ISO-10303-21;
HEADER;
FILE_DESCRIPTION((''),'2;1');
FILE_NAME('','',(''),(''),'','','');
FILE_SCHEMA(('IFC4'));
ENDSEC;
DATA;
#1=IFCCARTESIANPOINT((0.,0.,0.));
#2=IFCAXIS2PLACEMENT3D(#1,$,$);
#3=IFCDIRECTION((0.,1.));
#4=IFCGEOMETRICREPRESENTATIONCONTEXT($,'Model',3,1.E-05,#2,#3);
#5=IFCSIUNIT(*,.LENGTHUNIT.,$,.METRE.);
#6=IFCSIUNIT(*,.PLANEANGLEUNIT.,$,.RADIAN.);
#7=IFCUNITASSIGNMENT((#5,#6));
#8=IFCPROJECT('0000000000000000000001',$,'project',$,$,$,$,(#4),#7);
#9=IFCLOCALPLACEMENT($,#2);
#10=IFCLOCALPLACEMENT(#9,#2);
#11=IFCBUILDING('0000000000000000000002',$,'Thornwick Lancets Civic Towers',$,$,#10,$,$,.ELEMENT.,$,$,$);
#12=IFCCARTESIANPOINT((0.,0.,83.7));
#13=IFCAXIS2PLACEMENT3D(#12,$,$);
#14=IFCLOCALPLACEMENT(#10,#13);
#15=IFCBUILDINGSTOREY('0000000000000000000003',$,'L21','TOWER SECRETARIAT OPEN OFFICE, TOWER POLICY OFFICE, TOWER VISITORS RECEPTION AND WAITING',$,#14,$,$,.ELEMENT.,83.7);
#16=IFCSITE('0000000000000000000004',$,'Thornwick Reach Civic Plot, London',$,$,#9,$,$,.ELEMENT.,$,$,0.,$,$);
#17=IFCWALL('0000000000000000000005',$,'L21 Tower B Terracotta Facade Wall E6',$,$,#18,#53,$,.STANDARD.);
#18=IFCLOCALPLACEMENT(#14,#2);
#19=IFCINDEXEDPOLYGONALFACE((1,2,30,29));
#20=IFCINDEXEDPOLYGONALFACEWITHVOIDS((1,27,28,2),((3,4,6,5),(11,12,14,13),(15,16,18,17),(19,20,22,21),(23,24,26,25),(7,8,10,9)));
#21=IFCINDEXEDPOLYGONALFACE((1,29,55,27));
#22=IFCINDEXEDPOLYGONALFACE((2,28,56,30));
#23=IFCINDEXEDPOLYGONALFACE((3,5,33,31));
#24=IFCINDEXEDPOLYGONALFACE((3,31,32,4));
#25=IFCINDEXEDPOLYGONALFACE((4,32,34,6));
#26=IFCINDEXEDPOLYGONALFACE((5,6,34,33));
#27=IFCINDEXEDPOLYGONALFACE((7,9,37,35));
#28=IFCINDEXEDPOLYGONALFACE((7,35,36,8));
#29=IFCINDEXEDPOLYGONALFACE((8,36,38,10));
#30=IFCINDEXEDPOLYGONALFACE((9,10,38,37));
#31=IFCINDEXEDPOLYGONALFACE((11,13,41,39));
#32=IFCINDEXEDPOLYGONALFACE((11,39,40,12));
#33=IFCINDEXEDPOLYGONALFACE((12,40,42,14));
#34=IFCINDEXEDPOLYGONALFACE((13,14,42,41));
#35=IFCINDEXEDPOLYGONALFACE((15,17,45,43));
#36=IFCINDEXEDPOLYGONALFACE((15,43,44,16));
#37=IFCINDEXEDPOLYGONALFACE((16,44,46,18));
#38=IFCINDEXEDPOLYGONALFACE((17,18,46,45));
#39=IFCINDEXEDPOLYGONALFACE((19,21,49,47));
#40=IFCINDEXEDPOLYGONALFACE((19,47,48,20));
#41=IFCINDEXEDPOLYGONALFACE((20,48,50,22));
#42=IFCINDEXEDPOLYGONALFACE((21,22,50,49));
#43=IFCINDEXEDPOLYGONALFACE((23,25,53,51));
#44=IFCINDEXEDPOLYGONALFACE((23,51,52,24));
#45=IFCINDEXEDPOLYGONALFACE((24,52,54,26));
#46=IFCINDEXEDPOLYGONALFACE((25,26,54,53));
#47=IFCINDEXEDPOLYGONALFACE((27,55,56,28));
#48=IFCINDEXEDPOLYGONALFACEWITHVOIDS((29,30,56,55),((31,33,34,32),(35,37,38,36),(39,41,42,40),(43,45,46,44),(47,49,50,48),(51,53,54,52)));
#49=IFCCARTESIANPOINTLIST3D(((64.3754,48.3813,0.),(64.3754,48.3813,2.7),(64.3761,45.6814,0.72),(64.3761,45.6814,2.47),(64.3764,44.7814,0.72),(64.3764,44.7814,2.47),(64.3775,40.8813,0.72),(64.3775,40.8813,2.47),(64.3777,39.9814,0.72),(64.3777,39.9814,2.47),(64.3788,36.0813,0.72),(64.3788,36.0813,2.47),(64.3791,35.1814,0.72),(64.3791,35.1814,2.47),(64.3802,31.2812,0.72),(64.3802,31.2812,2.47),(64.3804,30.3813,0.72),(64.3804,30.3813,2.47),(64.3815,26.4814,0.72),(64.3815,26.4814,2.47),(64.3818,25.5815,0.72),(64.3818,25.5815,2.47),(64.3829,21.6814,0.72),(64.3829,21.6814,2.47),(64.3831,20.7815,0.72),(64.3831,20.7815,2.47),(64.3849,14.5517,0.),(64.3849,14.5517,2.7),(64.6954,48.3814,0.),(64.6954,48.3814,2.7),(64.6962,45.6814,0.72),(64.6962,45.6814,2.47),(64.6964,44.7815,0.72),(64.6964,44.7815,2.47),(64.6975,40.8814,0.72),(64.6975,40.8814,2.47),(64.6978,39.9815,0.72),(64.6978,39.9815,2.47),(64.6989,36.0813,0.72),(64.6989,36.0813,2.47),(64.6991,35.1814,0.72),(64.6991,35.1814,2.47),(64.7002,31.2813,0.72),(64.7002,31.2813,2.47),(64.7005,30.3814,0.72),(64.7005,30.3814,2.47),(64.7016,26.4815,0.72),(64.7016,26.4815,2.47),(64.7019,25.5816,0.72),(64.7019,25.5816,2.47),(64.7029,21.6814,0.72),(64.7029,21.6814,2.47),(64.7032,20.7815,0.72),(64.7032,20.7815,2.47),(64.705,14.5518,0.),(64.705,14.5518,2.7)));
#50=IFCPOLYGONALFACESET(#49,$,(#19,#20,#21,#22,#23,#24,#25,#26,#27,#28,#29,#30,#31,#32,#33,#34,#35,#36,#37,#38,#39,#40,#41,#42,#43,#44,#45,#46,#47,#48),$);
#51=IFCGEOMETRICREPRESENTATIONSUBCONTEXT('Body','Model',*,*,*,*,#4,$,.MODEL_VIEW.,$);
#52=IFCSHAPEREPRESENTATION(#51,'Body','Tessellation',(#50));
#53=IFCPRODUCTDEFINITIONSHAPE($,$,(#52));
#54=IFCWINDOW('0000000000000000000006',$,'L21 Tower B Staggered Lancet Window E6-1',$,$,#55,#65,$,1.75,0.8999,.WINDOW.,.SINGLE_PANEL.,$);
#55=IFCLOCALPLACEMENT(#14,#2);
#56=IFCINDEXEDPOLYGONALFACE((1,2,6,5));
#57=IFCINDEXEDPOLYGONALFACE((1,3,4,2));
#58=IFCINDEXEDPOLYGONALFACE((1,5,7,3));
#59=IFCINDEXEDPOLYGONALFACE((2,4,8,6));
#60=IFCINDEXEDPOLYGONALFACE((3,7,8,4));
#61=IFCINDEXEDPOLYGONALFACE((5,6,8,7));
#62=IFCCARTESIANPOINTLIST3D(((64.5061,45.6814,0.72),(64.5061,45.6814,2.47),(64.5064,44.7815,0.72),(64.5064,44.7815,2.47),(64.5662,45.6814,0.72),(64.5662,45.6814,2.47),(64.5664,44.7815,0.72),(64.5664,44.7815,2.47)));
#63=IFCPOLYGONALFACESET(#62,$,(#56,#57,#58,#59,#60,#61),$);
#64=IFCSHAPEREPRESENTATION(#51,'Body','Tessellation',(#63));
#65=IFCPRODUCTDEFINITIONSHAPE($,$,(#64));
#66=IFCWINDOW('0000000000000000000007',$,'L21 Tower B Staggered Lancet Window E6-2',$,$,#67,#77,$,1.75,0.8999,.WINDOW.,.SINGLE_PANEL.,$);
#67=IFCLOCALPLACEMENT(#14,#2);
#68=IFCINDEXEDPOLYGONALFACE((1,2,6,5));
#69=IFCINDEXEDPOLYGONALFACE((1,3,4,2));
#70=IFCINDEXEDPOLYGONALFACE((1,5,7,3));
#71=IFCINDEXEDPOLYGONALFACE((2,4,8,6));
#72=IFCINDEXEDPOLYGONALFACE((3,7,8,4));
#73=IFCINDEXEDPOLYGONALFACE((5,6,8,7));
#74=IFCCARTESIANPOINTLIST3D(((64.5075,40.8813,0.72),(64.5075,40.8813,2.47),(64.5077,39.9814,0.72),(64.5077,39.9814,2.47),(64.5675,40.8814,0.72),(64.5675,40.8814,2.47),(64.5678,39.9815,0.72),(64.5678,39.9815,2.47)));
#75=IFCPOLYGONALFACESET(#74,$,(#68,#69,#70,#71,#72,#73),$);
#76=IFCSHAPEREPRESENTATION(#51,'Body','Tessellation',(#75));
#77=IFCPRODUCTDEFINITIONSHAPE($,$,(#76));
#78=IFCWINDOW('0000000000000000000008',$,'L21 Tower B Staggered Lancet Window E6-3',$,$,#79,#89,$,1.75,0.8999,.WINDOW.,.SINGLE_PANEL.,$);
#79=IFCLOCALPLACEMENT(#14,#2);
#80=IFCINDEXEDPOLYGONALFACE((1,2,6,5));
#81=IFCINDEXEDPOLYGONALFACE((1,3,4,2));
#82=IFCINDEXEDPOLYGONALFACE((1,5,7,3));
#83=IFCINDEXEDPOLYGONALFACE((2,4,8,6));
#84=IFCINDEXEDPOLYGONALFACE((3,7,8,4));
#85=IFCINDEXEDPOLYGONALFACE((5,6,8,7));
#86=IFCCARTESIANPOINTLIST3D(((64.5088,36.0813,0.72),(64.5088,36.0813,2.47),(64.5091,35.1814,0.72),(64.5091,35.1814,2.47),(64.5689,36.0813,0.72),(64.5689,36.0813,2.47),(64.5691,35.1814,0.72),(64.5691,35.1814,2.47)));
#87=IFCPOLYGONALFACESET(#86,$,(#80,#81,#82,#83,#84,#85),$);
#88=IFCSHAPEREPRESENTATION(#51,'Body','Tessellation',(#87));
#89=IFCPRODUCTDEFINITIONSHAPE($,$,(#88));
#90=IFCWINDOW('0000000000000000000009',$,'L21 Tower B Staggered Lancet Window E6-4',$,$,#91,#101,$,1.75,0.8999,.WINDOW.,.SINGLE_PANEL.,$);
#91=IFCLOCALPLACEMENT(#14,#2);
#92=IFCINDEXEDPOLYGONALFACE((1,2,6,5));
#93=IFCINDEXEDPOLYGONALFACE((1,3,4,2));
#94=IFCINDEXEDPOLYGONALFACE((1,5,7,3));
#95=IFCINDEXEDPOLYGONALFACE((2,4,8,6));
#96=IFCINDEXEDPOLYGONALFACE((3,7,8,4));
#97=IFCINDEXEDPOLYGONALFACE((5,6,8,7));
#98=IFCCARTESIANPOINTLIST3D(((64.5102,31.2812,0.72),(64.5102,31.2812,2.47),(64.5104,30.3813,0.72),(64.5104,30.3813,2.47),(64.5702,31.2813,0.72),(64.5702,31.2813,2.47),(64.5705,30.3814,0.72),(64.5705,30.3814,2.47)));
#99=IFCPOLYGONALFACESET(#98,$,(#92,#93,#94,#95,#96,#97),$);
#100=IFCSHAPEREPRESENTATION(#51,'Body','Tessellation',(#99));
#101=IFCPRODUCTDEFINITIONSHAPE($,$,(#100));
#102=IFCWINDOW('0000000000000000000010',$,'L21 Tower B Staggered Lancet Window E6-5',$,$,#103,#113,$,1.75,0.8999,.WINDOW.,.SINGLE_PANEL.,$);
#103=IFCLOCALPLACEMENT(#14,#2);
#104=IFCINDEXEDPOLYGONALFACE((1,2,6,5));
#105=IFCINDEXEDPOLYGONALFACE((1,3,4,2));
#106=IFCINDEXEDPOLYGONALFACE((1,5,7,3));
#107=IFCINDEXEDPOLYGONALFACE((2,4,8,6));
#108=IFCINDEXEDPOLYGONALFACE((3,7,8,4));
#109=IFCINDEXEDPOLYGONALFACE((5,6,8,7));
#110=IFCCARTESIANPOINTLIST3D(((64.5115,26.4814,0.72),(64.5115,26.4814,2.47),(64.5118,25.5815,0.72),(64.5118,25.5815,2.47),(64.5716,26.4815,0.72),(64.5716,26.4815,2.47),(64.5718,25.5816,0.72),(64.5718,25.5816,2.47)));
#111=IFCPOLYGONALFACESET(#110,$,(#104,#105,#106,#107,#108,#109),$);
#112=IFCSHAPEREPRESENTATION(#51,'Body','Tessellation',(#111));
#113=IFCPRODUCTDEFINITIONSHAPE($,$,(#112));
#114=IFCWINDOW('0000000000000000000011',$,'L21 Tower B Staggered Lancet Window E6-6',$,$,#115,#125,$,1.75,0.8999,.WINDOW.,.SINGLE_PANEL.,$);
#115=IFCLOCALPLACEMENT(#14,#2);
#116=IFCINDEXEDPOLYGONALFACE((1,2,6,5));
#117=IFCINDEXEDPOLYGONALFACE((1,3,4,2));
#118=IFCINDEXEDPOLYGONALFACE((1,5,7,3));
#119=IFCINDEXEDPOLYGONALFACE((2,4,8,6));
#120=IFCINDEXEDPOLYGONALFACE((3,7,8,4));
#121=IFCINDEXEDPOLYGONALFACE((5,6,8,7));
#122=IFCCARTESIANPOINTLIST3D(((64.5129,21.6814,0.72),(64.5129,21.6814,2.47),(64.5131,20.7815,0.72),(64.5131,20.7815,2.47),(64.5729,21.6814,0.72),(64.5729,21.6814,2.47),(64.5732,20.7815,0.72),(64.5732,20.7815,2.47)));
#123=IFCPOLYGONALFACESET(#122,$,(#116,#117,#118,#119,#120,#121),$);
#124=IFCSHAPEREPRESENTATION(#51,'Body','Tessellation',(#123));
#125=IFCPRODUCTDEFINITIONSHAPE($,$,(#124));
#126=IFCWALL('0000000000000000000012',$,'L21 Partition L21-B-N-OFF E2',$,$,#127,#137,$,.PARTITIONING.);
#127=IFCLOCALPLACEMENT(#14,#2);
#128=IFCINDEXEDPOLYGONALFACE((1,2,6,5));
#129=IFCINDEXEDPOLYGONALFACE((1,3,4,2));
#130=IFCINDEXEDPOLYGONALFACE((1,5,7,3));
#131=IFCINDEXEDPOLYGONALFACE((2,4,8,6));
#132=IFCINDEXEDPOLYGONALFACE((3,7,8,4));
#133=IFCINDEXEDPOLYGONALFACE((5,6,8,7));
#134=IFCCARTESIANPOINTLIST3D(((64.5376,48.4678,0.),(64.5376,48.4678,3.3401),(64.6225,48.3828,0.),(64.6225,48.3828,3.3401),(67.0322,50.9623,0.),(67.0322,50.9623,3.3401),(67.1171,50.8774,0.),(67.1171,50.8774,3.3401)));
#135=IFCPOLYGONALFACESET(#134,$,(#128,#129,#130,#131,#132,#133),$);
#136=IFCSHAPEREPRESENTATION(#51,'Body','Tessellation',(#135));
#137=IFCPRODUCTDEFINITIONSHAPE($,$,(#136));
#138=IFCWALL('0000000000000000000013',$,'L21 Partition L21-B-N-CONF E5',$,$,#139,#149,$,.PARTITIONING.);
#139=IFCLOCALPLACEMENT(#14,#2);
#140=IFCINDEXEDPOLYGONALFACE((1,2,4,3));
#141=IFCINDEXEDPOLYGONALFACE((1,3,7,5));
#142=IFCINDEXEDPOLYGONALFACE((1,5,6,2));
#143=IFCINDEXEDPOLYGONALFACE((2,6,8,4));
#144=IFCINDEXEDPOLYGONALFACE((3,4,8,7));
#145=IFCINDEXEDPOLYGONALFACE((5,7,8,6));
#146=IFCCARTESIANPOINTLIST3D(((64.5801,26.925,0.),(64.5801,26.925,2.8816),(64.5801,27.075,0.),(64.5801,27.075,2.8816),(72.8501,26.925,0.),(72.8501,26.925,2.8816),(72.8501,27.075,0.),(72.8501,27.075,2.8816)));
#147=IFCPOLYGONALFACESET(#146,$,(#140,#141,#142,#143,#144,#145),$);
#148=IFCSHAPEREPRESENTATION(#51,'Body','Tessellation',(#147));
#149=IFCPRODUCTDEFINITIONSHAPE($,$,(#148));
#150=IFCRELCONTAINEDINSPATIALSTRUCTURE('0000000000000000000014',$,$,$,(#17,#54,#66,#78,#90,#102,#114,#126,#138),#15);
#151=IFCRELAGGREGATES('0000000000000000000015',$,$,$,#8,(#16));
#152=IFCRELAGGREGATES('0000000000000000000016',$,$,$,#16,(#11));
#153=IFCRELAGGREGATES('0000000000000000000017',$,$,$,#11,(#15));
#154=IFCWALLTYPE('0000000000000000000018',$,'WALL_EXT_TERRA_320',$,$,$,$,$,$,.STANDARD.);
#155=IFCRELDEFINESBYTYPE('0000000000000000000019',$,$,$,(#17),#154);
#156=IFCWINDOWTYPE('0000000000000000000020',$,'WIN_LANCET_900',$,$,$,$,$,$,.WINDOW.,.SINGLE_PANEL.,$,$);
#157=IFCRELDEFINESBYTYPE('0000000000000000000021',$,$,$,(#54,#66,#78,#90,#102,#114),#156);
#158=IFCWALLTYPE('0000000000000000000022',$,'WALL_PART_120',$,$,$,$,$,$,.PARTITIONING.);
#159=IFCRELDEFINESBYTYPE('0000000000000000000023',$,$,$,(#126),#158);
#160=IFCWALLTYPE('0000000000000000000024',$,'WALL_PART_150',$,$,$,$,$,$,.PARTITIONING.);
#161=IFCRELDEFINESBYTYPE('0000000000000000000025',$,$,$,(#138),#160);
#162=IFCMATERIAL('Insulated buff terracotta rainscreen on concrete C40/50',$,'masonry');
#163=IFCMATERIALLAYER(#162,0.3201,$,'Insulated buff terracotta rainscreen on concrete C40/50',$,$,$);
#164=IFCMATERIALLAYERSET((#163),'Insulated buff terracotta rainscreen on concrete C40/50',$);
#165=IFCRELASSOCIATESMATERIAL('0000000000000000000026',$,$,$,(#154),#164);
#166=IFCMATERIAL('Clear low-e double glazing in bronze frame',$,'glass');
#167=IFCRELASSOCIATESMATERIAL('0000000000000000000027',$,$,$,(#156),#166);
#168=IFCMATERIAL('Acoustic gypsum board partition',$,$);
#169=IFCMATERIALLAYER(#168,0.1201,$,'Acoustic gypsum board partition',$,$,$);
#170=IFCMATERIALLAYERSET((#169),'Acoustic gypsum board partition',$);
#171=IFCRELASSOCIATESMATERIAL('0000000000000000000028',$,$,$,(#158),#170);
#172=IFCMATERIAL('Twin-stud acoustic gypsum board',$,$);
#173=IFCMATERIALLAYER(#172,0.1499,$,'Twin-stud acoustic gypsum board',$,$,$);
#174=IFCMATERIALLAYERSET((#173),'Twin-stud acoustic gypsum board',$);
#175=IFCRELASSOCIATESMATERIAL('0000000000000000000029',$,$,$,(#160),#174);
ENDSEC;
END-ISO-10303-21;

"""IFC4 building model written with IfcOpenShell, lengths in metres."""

from ifc_helpers import new_model, si_unit, direction, frame, frame_2d, origin, place, context, subcontext, project, spatial, rectangle, extrude, material, layer, layer_set, type_object, element, fill, save


model = new_model("IFC4")

# Units and contexts
model_context = context("Model", 3, precision=1e-05, world=origin(), true_north=direction((0.0, 1.0)))
body_context = subcontext(model_context, "Body", "Model", "MODEL_VIEW")
ifc_project = project(units=[si_unit("LENGTHUNIT", "METRE"), si_unit("PLANEANGLEUNIT", "RADIAN")], contexts=[model_context])

# Site, building, storey
site_placement = place(None, origin())
site = spatial("IfcSite", under=ifc_project, at=site_placement, Name="Thornwick Reach Civic Plot, London", CompositionType="ELEMENT", RefElevation=0.0)
building_placement = place(site_placement, origin())
building = spatial("IfcBuilding", under=site, at=building_placement, Name="Thornwick Lancets Civic Towers", CompositionType="ELEMENT")
storey_placement = place(building_placement, frame((0.0, 0.0, 83.7)))
storey = spatial("IfcBuildingStorey", under=building, at=storey_placement, Name="L21", Description="TOWER SECRETARIAT OPEN OFFICE, TOWER POLICY OFFICE, TOWER VISITORS RECEPTION AND WAITING", CompositionType="ELEMENT", Elevation=83.7)

# Wall, openings, windows
ifc_material_1 = material(Name="Insulated buff terracotta rainscreen on concrete C40/50", Category="masonry")
ifc_layer_1 = layer(ifc_material_1, 0.3201, Name="Insulated buff terracotta rainscreen on concrete C40/50")
ifc_layer_set_1 = layer_set([ifc_layer_1], Name="Insulated buff terracotta rainscreen on concrete C40/50")
wall_type_1 = type_object("IfcWallType", Name="WALL_EXT_TERRA_320", PredefinedType="STANDARD", material=ifc_layer_set_1)
wall_1_placement = place(storey_placement, frame((64.5354, 48.3813, 0.0), z_axis=(0.0, 0.0, 1.0), x_axis=(0.000281, -1.0, 0.0)))
wall_1 = element("IfcWall", 1, at=wall_1_placement, inside=storey, type_object=wall_type_1, Name="L21 Tower B Terracotta Facade Wall E6", PredefinedType="STANDARD", context=body_context, shape_type="SweptSolid", body=[
    extrude(rectangle(XDim=33.8296, YDim=0.3201, at=frame_2d((16.9148, 0.0))), origin(), (0.0, 0.0, 1.0), 2.7),
])
opening_1_placement = place(wall_1_placement, frame((2.7, 0.0, 0.72)))
opening_1 = element("IfcOpeningElement", 2, at=opening_1_placement, cuts=wall_1, PredefinedType="OPENING", context=body_context, shape_type="SweptSolid", body=[
    extrude(rectangle(XDim=0.8999, YDim=1.75, at=frame_2d((0.45, 0.875))), frame((0.0, 0.1699, 0.0), z_axis=(0.0, -1.0, 0.0), x_axis=(1.0, 0.0, 0.0)), (0.0, 0.0, 1.0), 0.3401),
])
opening_2_placement = place(wall_1_placement, frame((7.5, 0.0, 0.72)))
opening_2 = element("IfcOpeningElement", 3, at=opening_2_placement, cuts=wall_1, PredefinedType="OPENING", context=body_context, shape_type="SweptSolid", body=[
    extrude(rectangle(XDim=0.8999, YDim=1.75, at=frame_2d((0.45, 0.875))), frame((0.0, 0.1699, 0.0), z_axis=(0.0, -1.0, 0.0), x_axis=(1.0, 0.0, 0.0)), (0.0, 0.0, 1.0), 0.3401),
])
opening_3_placement = place(wall_1_placement, frame((12.3, 0.0, 0.72)))
opening_3 = element("IfcOpeningElement", 4, at=opening_3_placement, cuts=wall_1, PredefinedType="OPENING", context=body_context, shape_type="SweptSolid", body=[
    extrude(rectangle(XDim=0.8999, YDim=1.75, at=frame_2d((0.45, 0.875))), frame((0.0, 0.1699, 0.0), z_axis=(0.0, -1.0, 0.0), x_axis=(1.0, 0.0, 0.0)), (0.0, 0.0, 1.0), 0.3401),
])
opening_4_placement = place(wall_1_placement, frame((17.1001, 0.0, 0.72)))
opening_4 = element("IfcOpeningElement", 5, at=opening_4_placement, cuts=wall_1, PredefinedType="OPENING", context=body_context, shape_type="SweptSolid", body=[
    extrude(rectangle(XDim=0.8999, YDim=1.75, at=frame_2d((0.45, 0.875))), frame((0.0, 0.1699, 0.0), z_axis=(0.0, -1.0, 0.0), x_axis=(1.0, 0.0, 0.0)), (0.0, 0.0, 1.0), 0.3401),
])
opening_5_placement = place(wall_1_placement, frame((21.8999, 0.0, 0.72)))
opening_5 = element("IfcOpeningElement", 6, at=opening_5_placement, cuts=wall_1, PredefinedType="OPENING", context=body_context, shape_type="SweptSolid", body=[
    extrude(rectangle(XDim=0.8999, YDim=1.75, at=frame_2d((0.45, 0.875))), frame((0.0, 0.1699, 0.0), z_axis=(0.0, -1.0, 0.0), x_axis=(1.0, 0.0, 0.0)), (0.0, 0.0, 1.0), 0.3401),
])
opening_6_placement = place(wall_1_placement, frame((26.7, 0.0, 0.72)))
opening_6 = element("IfcOpeningElement", 7, at=opening_6_placement, cuts=wall_1, PredefinedType="OPENING", context=body_context, shape_type="SweptSolid", body=[
    extrude(rectangle(XDim=0.8999, YDim=1.75, at=frame_2d((0.45, 0.875))), frame((0.0, 0.1699, 0.0), z_axis=(0.0, -1.0, 0.0), x_axis=(1.0, 0.0, 0.0)), (0.0, 0.0, 1.0), 0.3401),
])
ifc_material_2 = material(Name="Clear low-e double glazing in bronze frame", Category="glass")
window_type = type_object("IfcWindowType", Name="WIN_LANCET_900", PartitioningType="SINGLE_PANEL", PredefinedType="WINDOW", material=ifc_material_2)
window_1_placement = place(opening_1_placement, origin())
window_1 = element("IfcWindow", 8, at=window_1_placement, inside=storey, type_object=window_type, Name="L21 Tower B Staggered Lancet Window E6-1", OverallHeight=1.75, OverallWidth=0.8999, PartitioningType="SINGLE_PANEL", PredefinedType="WINDOW", context=body_context, shape_type="SweptSolid", body=[
    extrude(rectangle(XDim=0.8999, YDim=1.75, at=frame_2d((0.45, 0.875))), frame((0.0, 0.03, 0.0), z_axis=(0.0, -1.0, 0.0), x_axis=(1.0, 0.0, 0.0)), (0.0, 0.0, 1.0), 0.0601),
])
fill(opening_1, window_1)
window_2_placement = place(opening_2_placement, origin())
window_2 = element("IfcWindow", 9, at=window_2_placement, inside=storey, type_object=window_type, Name="L21 Tower B Staggered Lancet Window E6-2", OverallHeight=1.75, OverallWidth=0.8999, PartitioningType="SINGLE_PANEL", PredefinedType="WINDOW", context=body_context, shape_type="SweptSolid", body=[
    extrude(rectangle(XDim=0.8999, YDim=1.75, at=frame_2d((0.45, 0.875))), frame((0.0, 0.03, 0.0), z_axis=(0.0, -1.0, 0.0), x_axis=(1.0, 0.0, 0.0)), (0.0, 0.0, 1.0), 0.0601),
])
fill(opening_2, window_2)
window_3_placement = place(opening_3_placement, origin())
window_3 = element("IfcWindow", 10, at=window_3_placement, inside=storey, type_object=window_type, Name="L21 Tower B Staggered Lancet Window E6-3", OverallHeight=1.75, OverallWidth=0.8999, PartitioningType="SINGLE_PANEL", PredefinedType="WINDOW", context=body_context, shape_type="SweptSolid", body=[
    extrude(rectangle(XDim=0.8999, YDim=1.75, at=frame_2d((0.45, 0.875))), frame((0.0, 0.03, 0.0), z_axis=(0.0, -1.0, 0.0), x_axis=(1.0, 0.0, 0.0)), (0.0, 0.0, 1.0), 0.0601),
])
fill(opening_3, window_3)
window_4_placement = place(opening_4_placement, origin())
window_4 = element("IfcWindow", 11, at=window_4_placement, inside=storey, type_object=window_type, Name="L21 Tower B Staggered Lancet Window E6-4", OverallHeight=1.75, OverallWidth=0.8999, PartitioningType="SINGLE_PANEL", PredefinedType="WINDOW", context=body_context, shape_type="SweptSolid", body=[
    extrude(rectangle(XDim=0.8999, YDim=1.75, at=frame_2d((0.45, 0.875))), frame((0.0, 0.03, 0.0), z_axis=(0.0, -1.0, 0.0), x_axis=(1.0, 0.0, 0.0)), (0.0, 0.0, 1.0), 0.0601),
])
fill(opening_4, window_4)
window_5_placement = place(opening_5_placement, origin())
window_5 = element("IfcWindow", 12, at=window_5_placement, inside=storey, type_object=window_type, Name="L21 Tower B Staggered Lancet Window E6-5", OverallHeight=1.75, OverallWidth=0.8999, PartitioningType="SINGLE_PANEL", PredefinedType="WINDOW", context=body_context, shape_type="SweptSolid", body=[
    extrude(rectangle(XDim=0.8999, YDim=1.75, at=frame_2d((0.45, 0.875))), frame((0.0, 0.03, 0.0), z_axis=(0.0, -1.0, 0.0), x_axis=(1.0, 0.0, 0.0)), (0.0, 0.0, 1.0), 0.0601),
])
fill(opening_5, window_5)
window_6_placement = place(opening_6_placement, origin())
window_6 = element("IfcWindow", 13, at=window_6_placement, inside=storey, type_object=window_type, Name="L21 Tower B Staggered Lancet Window E6-6", OverallHeight=1.75, OverallWidth=0.8999, PartitioningType="SINGLE_PANEL", PredefinedType="WINDOW", context=body_context, shape_type="SweptSolid", body=[
    extrude(rectangle(XDim=0.8999, YDim=1.75, at=frame_2d((0.45, 0.875))), frame((0.0, 0.03, 0.0), z_axis=(0.0, -1.0, 0.0), x_axis=(1.0, 0.0, 0.0)), (0.0, 0.0, 1.0), 0.0601),
])
fill(opening_6, window_6)

# Walls
ifc_material_3 = material(Name="Acoustic gypsum board partition")
ifc_layer_2 = layer(ifc_material_3, 0.1201, Name="Acoustic gypsum board partition")
ifc_layer_set_2 = layer_set([ifc_layer_2], Name="Acoustic gypsum board partition")
wall_type_2 = type_object("IfcWallType", Name="WALL_PART_120", PredefinedType="PARTITIONING", material=ifc_layer_set_2)
wall_2_placement = place(storey_placement, frame((64.5801, 48.4253, 0.0), z_axis=(0.0, 0.0, 1.0), x_axis=(0.707107, 0.707107, 0.0)))
element("IfcWall", 14, at=wall_2_placement, inside=storey, type_object=wall_type_2, Name="L21 Partition L21-B-N-OFF E2", PredefinedType="PARTITIONING", context=body_context, shape_type="SweptSolid", body=[
    extrude(rectangle(XDim=3.5278, YDim=0.1201, at=frame_2d((1.7639, 0.0))), origin(), (0.0, 0.0, 1.0), 3.3401),
])
ifc_material_4 = material(Name="Twin-stud acoustic gypsum board")
ifc_layer_3 = layer(ifc_material_4, 0.1499, Name="Twin-stud acoustic gypsum board")
ifc_layer_set_3 = layer_set([ifc_layer_3], Name="Twin-stud acoustic gypsum board")
wall_type_3 = type_object("IfcWallType", Name="WALL_PART_150", PredefinedType="PARTITIONING", material=ifc_layer_set_3)
wall_3_placement = place(storey_placement, frame((64.5801, 27.0, 0.0), z_axis=(0.0, 0.0, 1.0), x_axis=(1.0, 0.0, 0.0)))
element("IfcWall", 15, at=wall_3_placement, inside=storey, type_object=wall_type_3, Name="L21 Partition L21-B-N-CONF E5", PredefinedType="PARTITIONING", context=body_context, shape_type="SweptSolid", body=[
    extrude(rectangle(XDim=8.27, YDim=0.1499, at=frame_2d((4.135, 0.0))), origin(), (0.0, 0.0, 1.0), 2.8816),
])

save(model, "model.ifc")
